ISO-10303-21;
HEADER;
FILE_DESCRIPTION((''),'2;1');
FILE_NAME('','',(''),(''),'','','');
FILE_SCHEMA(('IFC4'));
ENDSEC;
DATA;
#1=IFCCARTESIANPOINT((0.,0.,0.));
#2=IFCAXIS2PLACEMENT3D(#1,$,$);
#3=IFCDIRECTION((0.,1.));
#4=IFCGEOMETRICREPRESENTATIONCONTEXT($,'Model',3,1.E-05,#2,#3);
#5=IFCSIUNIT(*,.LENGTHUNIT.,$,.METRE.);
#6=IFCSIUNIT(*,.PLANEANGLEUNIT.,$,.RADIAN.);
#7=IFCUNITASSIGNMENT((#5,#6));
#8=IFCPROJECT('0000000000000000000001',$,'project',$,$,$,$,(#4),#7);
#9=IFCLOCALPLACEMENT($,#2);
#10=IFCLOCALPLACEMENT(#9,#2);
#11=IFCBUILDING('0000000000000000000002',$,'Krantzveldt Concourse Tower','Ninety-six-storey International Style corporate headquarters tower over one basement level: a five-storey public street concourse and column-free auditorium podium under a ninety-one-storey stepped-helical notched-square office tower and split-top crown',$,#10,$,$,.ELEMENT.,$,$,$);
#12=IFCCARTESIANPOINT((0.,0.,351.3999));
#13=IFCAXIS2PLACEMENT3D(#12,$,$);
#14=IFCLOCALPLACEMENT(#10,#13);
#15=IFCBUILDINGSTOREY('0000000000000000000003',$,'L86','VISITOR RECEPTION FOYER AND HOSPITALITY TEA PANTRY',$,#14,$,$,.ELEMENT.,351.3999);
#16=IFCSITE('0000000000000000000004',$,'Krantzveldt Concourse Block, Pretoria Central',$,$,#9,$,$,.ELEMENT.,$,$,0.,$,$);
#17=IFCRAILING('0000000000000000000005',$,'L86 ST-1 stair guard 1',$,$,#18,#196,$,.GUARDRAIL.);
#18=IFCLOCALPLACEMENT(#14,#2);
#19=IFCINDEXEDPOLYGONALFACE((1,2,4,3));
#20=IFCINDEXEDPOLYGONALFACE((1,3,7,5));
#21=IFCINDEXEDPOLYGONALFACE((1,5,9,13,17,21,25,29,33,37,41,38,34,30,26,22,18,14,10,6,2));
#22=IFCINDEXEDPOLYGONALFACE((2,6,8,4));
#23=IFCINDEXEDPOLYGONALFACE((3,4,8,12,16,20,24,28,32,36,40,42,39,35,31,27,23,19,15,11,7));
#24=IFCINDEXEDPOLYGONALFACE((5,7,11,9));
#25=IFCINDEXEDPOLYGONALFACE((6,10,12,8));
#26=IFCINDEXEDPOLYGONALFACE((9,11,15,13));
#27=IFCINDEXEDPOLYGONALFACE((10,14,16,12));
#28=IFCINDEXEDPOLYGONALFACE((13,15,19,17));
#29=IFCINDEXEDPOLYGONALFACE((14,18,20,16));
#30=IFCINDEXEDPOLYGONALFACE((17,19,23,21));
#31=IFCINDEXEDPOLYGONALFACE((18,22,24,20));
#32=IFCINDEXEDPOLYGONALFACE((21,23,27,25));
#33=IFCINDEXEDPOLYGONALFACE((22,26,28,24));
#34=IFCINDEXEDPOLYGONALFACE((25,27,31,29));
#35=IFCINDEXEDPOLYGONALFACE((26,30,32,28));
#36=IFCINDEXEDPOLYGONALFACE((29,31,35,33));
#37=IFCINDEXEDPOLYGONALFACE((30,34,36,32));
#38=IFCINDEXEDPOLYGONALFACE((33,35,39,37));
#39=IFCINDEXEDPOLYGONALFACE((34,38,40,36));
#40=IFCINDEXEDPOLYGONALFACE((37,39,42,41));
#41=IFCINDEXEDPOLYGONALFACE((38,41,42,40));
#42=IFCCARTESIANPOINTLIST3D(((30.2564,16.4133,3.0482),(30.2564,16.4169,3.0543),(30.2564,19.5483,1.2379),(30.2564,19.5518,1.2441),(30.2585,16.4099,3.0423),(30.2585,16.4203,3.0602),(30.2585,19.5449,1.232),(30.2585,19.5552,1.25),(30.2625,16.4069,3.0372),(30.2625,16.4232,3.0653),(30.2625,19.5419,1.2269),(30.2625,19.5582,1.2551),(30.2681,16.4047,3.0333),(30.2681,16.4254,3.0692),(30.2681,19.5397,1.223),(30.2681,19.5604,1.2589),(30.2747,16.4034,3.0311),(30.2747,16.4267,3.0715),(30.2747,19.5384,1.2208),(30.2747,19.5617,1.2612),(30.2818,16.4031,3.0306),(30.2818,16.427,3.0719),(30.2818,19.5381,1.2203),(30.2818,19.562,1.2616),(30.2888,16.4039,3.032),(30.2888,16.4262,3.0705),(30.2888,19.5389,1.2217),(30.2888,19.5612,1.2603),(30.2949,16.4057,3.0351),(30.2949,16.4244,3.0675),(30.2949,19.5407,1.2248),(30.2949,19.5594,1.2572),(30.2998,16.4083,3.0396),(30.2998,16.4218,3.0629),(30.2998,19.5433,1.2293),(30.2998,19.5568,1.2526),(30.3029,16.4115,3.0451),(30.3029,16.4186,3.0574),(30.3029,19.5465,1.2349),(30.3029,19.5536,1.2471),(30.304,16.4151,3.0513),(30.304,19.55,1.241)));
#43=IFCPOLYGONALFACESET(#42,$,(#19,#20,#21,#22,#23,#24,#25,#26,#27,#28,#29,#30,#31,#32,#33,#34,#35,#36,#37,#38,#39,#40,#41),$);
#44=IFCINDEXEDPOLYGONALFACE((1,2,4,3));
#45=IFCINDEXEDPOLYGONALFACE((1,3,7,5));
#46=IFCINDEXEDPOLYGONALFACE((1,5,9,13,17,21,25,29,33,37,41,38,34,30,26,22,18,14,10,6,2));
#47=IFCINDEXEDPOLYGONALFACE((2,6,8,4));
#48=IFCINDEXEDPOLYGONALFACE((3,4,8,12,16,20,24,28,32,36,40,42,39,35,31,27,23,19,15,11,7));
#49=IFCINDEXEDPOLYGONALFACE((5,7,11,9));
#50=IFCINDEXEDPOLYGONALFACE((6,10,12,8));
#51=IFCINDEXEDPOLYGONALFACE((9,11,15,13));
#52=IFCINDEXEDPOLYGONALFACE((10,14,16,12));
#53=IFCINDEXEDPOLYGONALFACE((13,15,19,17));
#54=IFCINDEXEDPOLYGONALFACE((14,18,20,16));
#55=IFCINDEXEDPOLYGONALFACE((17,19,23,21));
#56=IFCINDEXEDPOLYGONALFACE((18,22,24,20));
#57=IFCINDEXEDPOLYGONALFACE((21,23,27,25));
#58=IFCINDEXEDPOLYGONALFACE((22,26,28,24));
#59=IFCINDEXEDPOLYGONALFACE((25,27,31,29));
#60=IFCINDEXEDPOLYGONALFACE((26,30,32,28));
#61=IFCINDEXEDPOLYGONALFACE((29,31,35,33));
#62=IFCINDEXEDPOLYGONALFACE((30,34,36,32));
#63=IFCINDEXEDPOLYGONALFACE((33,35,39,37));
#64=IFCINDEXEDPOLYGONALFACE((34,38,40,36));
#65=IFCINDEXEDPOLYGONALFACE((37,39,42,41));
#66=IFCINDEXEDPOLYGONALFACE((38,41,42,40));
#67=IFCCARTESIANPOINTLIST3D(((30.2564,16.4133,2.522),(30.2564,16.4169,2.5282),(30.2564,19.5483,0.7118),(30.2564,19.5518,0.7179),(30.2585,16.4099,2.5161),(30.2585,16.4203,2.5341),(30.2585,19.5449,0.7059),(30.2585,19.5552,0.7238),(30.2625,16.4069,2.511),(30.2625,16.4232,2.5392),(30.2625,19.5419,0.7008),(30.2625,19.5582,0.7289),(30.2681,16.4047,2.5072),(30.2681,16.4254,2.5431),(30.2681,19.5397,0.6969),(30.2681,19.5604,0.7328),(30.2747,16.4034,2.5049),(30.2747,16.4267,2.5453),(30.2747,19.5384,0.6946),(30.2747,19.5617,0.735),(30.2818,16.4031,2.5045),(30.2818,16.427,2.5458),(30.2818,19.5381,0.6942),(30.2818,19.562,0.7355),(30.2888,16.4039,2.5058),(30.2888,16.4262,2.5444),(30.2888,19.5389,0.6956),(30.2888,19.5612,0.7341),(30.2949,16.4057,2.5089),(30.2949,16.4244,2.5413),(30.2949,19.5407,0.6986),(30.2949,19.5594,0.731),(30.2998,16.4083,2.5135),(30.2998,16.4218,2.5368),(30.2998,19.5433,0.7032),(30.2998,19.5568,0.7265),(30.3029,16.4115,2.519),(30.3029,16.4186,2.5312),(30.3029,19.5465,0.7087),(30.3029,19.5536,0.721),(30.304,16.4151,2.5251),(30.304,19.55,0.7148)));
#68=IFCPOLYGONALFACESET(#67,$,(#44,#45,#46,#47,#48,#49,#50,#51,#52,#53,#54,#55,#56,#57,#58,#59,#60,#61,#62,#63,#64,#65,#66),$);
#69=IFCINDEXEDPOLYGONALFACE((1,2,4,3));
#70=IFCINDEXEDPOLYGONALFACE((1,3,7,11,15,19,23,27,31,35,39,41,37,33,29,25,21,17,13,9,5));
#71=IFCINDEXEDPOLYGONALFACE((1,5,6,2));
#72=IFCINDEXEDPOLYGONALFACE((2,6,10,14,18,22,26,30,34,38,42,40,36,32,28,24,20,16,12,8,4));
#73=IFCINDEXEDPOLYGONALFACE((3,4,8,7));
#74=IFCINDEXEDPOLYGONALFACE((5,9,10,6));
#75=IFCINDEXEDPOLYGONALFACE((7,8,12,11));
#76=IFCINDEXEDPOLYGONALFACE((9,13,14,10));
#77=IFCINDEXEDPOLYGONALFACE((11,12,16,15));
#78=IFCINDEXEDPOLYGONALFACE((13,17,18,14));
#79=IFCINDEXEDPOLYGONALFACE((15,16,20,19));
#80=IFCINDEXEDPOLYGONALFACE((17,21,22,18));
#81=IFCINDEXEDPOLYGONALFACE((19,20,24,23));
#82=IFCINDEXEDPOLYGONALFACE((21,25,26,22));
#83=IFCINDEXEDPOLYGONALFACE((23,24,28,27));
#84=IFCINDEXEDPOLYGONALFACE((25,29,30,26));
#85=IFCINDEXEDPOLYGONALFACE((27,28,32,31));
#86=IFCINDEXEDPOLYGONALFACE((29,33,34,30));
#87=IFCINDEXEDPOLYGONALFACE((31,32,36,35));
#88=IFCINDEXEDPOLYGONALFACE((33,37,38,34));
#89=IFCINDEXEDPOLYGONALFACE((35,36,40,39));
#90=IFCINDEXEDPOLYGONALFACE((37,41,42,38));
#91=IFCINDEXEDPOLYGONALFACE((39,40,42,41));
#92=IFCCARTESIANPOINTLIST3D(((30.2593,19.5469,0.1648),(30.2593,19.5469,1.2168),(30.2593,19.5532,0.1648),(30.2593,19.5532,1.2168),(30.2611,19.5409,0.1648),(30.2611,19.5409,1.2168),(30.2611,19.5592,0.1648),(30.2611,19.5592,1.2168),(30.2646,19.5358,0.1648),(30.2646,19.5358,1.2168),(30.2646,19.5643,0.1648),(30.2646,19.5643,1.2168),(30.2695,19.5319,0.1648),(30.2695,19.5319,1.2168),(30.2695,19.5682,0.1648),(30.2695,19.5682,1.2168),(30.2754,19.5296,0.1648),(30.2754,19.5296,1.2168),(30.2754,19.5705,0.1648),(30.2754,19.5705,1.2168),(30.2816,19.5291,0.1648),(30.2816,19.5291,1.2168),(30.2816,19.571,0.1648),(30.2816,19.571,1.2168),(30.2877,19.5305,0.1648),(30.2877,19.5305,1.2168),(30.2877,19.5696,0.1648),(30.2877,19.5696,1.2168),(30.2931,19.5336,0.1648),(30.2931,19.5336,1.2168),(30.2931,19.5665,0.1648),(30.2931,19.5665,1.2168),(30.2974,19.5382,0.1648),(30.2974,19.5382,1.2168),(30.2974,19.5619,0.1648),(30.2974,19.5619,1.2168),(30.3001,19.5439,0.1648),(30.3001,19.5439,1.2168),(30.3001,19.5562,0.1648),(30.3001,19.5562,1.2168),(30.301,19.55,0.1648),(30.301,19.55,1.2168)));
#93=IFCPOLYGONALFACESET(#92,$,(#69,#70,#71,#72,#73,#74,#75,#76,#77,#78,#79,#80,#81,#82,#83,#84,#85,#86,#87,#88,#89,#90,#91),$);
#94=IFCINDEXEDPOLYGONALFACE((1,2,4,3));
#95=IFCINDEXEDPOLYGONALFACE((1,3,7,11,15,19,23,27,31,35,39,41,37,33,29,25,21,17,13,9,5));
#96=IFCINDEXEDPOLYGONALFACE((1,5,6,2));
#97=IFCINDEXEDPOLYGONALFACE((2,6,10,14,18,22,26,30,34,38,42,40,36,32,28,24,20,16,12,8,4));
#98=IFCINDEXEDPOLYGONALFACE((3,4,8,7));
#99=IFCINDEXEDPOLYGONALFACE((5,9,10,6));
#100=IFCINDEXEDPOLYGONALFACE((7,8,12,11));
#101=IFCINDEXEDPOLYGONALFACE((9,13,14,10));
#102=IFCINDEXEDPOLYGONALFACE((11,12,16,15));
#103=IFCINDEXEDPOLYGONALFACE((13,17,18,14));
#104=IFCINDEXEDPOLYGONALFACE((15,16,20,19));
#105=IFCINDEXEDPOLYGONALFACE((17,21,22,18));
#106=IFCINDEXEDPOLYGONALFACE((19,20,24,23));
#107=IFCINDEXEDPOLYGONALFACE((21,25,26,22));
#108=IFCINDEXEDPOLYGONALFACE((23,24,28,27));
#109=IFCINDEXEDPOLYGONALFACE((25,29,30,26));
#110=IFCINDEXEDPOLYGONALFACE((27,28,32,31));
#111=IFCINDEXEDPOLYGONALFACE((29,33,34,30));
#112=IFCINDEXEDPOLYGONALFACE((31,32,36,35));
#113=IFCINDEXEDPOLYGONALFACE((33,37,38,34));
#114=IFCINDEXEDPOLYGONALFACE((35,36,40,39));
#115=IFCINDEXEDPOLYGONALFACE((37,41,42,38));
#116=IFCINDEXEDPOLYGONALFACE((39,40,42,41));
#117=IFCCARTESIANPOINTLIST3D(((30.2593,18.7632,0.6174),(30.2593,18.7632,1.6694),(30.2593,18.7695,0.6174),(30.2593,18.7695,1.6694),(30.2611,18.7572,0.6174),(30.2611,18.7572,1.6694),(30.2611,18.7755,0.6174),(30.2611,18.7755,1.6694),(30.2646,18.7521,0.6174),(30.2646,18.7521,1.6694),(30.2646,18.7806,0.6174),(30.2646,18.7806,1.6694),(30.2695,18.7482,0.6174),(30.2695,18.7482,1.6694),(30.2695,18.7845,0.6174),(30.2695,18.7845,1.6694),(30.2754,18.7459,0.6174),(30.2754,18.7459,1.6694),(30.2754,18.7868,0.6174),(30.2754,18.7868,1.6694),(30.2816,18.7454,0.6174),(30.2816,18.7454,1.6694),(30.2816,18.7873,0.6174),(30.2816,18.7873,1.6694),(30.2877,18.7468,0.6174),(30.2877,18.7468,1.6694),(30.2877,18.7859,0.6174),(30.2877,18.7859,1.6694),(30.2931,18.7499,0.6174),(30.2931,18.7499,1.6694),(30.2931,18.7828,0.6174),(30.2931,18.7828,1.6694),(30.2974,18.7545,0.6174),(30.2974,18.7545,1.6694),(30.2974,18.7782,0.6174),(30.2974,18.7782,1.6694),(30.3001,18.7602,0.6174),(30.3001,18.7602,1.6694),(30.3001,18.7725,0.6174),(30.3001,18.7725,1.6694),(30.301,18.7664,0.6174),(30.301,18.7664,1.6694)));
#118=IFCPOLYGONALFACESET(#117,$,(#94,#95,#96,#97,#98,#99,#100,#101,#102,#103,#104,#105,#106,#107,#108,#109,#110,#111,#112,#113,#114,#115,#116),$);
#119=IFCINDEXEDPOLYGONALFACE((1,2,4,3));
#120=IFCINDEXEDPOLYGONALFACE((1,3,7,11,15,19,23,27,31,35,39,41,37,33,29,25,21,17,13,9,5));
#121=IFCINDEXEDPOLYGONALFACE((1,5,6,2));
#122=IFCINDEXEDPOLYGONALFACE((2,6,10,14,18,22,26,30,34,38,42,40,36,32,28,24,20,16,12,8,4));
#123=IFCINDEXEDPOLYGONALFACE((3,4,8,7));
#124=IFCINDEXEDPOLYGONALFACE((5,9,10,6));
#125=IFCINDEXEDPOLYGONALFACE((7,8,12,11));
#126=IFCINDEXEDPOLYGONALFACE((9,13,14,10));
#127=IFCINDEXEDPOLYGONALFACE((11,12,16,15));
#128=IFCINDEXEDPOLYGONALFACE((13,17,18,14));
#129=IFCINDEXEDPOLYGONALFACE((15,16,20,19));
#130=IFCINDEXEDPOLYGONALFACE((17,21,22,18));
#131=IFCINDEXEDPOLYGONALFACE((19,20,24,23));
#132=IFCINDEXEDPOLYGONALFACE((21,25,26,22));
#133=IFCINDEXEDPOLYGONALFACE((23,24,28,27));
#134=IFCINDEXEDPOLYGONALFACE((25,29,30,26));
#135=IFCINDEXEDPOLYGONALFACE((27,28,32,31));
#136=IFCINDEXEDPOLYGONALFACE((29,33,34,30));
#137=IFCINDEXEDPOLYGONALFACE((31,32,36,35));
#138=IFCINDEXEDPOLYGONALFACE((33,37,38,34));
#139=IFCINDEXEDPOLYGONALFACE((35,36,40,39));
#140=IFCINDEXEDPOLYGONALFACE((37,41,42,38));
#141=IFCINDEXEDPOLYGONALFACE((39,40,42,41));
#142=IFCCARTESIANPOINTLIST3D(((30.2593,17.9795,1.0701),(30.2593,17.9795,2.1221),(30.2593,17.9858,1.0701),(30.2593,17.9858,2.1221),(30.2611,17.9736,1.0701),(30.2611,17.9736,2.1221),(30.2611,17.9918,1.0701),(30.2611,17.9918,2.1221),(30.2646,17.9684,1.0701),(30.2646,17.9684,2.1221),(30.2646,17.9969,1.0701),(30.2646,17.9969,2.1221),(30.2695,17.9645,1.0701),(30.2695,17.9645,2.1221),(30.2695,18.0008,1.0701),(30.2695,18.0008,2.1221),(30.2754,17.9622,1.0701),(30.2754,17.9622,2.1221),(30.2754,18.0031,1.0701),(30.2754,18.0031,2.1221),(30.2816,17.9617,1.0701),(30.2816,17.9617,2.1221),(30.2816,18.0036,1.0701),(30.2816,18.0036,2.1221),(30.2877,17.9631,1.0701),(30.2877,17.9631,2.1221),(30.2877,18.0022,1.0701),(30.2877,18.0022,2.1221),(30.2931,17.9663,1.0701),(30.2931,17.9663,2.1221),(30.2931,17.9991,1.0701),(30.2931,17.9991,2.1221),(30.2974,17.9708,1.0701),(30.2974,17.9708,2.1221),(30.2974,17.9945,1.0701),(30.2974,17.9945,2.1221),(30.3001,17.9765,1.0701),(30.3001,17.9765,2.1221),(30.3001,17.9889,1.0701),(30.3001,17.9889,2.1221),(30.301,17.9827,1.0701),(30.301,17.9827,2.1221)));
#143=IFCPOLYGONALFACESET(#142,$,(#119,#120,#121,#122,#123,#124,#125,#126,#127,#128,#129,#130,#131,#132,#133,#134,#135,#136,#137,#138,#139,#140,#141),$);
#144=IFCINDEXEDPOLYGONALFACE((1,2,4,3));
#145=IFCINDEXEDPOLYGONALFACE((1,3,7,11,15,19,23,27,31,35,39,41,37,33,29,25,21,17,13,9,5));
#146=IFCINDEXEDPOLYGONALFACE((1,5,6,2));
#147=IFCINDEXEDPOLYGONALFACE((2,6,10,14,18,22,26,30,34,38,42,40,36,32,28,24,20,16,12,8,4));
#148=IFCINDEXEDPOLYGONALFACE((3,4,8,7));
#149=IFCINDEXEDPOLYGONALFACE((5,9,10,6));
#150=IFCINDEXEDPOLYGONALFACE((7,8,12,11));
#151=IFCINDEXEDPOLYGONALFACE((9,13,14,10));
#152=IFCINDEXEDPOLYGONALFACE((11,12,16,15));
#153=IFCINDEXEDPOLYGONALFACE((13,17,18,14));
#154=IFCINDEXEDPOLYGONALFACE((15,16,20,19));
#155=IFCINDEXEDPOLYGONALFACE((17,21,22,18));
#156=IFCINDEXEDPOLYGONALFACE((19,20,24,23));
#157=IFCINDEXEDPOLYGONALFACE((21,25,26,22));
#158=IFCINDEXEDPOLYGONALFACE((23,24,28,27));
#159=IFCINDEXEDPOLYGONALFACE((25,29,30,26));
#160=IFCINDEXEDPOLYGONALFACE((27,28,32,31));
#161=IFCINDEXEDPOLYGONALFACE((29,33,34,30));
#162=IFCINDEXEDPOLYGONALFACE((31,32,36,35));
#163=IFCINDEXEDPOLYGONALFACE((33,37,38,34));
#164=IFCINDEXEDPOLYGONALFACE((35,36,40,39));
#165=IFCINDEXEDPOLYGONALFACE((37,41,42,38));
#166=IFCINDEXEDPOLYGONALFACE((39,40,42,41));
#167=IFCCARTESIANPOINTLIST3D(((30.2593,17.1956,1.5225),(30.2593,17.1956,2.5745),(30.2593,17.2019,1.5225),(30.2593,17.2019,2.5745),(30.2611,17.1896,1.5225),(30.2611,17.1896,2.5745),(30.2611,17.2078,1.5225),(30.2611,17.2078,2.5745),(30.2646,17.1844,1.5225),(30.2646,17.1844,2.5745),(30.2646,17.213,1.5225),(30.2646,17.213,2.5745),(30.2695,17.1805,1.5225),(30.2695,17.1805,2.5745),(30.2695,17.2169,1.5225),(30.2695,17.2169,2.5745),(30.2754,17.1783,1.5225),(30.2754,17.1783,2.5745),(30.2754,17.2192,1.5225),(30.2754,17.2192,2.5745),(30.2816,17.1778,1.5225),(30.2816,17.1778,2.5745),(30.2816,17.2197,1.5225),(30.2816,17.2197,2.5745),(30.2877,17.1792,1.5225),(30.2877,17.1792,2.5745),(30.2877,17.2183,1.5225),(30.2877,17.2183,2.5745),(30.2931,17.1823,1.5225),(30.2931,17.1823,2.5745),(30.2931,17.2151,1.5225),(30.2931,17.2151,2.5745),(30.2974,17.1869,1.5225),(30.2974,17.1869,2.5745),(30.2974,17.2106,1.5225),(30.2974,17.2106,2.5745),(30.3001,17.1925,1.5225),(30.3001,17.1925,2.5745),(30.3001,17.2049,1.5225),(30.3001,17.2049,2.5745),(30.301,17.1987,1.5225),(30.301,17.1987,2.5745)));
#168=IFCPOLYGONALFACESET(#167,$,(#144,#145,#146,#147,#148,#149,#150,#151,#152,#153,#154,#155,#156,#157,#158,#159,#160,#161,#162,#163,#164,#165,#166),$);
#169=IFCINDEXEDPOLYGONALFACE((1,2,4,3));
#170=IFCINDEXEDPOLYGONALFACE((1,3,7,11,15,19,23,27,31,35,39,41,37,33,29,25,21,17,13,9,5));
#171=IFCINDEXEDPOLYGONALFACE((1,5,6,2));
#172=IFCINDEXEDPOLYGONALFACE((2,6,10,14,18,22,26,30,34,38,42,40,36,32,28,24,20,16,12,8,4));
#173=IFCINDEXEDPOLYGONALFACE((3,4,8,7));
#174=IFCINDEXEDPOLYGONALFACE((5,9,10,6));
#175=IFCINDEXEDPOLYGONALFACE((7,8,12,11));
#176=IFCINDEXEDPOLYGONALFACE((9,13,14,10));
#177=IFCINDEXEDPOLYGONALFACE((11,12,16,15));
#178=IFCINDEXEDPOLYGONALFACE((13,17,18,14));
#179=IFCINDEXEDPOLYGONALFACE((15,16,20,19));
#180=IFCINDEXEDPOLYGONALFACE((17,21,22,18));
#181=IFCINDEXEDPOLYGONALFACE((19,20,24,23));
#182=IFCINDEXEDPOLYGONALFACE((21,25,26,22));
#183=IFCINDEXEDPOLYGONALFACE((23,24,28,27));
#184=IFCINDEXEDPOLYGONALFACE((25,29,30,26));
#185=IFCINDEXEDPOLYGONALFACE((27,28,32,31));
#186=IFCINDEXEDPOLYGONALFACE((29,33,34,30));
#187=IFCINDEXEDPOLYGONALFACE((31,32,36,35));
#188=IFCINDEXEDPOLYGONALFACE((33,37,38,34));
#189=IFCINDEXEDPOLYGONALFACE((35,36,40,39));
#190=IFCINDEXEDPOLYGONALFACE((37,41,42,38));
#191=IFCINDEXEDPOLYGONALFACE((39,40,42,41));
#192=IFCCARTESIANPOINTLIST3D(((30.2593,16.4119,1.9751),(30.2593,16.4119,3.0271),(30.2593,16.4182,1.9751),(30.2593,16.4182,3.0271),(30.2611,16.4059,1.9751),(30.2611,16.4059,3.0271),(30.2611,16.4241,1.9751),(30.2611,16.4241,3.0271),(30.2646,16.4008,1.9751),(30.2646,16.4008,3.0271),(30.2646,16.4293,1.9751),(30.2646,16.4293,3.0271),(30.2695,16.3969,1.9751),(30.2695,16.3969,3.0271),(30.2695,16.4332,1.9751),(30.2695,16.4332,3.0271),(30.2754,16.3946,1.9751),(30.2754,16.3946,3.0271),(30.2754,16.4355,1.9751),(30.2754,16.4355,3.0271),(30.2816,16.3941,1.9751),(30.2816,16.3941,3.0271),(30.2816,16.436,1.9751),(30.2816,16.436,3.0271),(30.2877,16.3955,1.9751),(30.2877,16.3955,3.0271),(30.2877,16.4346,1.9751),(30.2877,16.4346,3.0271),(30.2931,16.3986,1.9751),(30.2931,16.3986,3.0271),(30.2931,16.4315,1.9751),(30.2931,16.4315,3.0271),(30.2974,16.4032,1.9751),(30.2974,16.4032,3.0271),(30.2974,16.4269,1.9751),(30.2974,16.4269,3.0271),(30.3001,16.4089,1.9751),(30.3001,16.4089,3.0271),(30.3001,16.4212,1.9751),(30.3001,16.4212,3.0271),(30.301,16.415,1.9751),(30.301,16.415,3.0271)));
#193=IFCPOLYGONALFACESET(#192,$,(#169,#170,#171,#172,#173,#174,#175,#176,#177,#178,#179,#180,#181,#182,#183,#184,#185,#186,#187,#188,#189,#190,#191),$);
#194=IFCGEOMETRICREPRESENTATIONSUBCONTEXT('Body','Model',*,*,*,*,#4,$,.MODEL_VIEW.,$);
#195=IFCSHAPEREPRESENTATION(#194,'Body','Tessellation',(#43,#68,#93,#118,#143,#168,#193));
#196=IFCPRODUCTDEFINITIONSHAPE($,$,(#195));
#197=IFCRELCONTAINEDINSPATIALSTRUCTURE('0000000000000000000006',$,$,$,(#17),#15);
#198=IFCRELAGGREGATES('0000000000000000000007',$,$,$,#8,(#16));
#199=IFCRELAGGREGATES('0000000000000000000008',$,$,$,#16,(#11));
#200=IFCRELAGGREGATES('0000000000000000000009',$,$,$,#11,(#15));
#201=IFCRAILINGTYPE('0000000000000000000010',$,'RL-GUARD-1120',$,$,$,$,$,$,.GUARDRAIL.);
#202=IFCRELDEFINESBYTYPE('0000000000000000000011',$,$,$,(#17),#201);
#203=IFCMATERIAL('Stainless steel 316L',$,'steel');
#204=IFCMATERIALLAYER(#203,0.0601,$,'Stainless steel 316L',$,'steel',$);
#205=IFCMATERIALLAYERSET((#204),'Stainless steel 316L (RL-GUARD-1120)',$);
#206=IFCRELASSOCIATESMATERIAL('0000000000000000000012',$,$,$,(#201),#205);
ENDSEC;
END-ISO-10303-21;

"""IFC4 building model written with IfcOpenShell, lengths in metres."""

from ifc_helpers import new_model, si_unit, direction, frame, origin, origin_2d, place, context, subcontext, project, spatial, circle, extrude, material, layer, layer_set, type_object, element, save


model = new_model("IFC4")

# Units and contexts
model_context = context("Model", 3, precision=1e-05, world=origin(), true_north=direction((0.0, 1.0)))
body_context = subcontext(model_context, "Body", "Model", "MODEL_VIEW")
ifc_project = project(units=[si_unit("LENGTHUNIT", "METRE"), si_unit("PLANEANGLEUNIT", "RADIAN")], contexts=[model_context])

# Site, building, storey
site_placement = place(None, origin())
site = spatial("IfcSite", under=ifc_project, at=site_placement, Name="Krantzveldt Concourse Block, Pretoria Central", CompositionType="ELEMENT", RefElevation=0.0)
building_placement = place(site_placement, origin())
building = spatial("IfcBuilding", under=site, at=building_placement, Name="Krantzveldt Concourse Tower", Description="Ninety-six-storey International Style corporate headquarters tower over one basement level: a five-storey public street concourse and column-free auditorium podium under a ninety-one-storey stepped-helical notched-square office tower and split-top crown", CompositionType="ELEMENT")
storey_placement = place(building_placement, frame((0.0, 0.0, 351.3999)))
storey = spatial("IfcBuildingStorey", under=building, at=storey_placement, Name="L86", Description="VISITOR RECEPTION FOYER AND HOSPITALITY TEA PANTRY", CompositionType="ELEMENT", Elevation=351.3999)

# Shared definitions
ifc_material_1 = material(Name="Stainless steel 316L", Category="steel")

# Railing
ifc_layer_1 = layer(ifc_material_1, 0.0601, Name="Stainless steel 316L", Category="steel")
ifc_layer_set_1 = layer_set([ifc_layer_1], Name="Stainless steel 316L (RL-GUARD-1120)")
railing_type_1 = type_object("IfcRailingType", Name="RL-GUARD-1120", PredefinedType="GUARDRAIL", material=ifc_layer_set_1)
railing_1_placement = place(storey_placement, frame((30.28, 19.55, 0.1648)))
element("IfcRailing", 1, at=railing_1_placement, inside=storey, type_object=railing_type_1, Name="L86 ST-1 stair guard 1", PredefinedType="GUARDRAIL", context=body_context, shape_type="SweptSolid", body=[
    extrude(circle(Radius=0.0239, at=origin_2d()), frame((0.0, 0.0, 1.0762), z_axis=(0.0, -0.865989, 0.500063), x_axis=(1.0, 0.0, 0.0)), (0.0, 0.0, 1.0), 3.6201),
    extrude(circle(Radius=0.0239, at=origin_2d()), frame((0.0, 0.0, 0.55), z_axis=(0.0, -0.865989, 0.500063), x_axis=(1.0, 0.0, 0.0)), (0.0, 0.0, 1.0), 3.6201),
    extrude(circle(Radius=0.021, at=origin_2d()), origin(), (0.0, 0.0, 1.0), 1.052),
    extrude(circle(Radius=0.021, at=origin_2d()), frame((0.0, -0.7837, 0.4526)), (0.0, 0.0, 1.0), 1.052),
    extrude(circle(Radius=0.021, at=origin_2d()), frame((0.0, -1.5674, 0.9053)), (0.0, 0.0, 1.0), 1.052),
    extrude(circle(Radius=0.021, at=origin_2d()), frame((0.0, -2.3513, 1.3577)), (0.0, 0.0, 1.0), 1.052),
    extrude(circle(Radius=0.021, at=origin_2d()), frame((0.0, -3.135, 1.8103)), (0.0, 0.0, 1.0), 1.052),
])

save(model, "model.ifc")
